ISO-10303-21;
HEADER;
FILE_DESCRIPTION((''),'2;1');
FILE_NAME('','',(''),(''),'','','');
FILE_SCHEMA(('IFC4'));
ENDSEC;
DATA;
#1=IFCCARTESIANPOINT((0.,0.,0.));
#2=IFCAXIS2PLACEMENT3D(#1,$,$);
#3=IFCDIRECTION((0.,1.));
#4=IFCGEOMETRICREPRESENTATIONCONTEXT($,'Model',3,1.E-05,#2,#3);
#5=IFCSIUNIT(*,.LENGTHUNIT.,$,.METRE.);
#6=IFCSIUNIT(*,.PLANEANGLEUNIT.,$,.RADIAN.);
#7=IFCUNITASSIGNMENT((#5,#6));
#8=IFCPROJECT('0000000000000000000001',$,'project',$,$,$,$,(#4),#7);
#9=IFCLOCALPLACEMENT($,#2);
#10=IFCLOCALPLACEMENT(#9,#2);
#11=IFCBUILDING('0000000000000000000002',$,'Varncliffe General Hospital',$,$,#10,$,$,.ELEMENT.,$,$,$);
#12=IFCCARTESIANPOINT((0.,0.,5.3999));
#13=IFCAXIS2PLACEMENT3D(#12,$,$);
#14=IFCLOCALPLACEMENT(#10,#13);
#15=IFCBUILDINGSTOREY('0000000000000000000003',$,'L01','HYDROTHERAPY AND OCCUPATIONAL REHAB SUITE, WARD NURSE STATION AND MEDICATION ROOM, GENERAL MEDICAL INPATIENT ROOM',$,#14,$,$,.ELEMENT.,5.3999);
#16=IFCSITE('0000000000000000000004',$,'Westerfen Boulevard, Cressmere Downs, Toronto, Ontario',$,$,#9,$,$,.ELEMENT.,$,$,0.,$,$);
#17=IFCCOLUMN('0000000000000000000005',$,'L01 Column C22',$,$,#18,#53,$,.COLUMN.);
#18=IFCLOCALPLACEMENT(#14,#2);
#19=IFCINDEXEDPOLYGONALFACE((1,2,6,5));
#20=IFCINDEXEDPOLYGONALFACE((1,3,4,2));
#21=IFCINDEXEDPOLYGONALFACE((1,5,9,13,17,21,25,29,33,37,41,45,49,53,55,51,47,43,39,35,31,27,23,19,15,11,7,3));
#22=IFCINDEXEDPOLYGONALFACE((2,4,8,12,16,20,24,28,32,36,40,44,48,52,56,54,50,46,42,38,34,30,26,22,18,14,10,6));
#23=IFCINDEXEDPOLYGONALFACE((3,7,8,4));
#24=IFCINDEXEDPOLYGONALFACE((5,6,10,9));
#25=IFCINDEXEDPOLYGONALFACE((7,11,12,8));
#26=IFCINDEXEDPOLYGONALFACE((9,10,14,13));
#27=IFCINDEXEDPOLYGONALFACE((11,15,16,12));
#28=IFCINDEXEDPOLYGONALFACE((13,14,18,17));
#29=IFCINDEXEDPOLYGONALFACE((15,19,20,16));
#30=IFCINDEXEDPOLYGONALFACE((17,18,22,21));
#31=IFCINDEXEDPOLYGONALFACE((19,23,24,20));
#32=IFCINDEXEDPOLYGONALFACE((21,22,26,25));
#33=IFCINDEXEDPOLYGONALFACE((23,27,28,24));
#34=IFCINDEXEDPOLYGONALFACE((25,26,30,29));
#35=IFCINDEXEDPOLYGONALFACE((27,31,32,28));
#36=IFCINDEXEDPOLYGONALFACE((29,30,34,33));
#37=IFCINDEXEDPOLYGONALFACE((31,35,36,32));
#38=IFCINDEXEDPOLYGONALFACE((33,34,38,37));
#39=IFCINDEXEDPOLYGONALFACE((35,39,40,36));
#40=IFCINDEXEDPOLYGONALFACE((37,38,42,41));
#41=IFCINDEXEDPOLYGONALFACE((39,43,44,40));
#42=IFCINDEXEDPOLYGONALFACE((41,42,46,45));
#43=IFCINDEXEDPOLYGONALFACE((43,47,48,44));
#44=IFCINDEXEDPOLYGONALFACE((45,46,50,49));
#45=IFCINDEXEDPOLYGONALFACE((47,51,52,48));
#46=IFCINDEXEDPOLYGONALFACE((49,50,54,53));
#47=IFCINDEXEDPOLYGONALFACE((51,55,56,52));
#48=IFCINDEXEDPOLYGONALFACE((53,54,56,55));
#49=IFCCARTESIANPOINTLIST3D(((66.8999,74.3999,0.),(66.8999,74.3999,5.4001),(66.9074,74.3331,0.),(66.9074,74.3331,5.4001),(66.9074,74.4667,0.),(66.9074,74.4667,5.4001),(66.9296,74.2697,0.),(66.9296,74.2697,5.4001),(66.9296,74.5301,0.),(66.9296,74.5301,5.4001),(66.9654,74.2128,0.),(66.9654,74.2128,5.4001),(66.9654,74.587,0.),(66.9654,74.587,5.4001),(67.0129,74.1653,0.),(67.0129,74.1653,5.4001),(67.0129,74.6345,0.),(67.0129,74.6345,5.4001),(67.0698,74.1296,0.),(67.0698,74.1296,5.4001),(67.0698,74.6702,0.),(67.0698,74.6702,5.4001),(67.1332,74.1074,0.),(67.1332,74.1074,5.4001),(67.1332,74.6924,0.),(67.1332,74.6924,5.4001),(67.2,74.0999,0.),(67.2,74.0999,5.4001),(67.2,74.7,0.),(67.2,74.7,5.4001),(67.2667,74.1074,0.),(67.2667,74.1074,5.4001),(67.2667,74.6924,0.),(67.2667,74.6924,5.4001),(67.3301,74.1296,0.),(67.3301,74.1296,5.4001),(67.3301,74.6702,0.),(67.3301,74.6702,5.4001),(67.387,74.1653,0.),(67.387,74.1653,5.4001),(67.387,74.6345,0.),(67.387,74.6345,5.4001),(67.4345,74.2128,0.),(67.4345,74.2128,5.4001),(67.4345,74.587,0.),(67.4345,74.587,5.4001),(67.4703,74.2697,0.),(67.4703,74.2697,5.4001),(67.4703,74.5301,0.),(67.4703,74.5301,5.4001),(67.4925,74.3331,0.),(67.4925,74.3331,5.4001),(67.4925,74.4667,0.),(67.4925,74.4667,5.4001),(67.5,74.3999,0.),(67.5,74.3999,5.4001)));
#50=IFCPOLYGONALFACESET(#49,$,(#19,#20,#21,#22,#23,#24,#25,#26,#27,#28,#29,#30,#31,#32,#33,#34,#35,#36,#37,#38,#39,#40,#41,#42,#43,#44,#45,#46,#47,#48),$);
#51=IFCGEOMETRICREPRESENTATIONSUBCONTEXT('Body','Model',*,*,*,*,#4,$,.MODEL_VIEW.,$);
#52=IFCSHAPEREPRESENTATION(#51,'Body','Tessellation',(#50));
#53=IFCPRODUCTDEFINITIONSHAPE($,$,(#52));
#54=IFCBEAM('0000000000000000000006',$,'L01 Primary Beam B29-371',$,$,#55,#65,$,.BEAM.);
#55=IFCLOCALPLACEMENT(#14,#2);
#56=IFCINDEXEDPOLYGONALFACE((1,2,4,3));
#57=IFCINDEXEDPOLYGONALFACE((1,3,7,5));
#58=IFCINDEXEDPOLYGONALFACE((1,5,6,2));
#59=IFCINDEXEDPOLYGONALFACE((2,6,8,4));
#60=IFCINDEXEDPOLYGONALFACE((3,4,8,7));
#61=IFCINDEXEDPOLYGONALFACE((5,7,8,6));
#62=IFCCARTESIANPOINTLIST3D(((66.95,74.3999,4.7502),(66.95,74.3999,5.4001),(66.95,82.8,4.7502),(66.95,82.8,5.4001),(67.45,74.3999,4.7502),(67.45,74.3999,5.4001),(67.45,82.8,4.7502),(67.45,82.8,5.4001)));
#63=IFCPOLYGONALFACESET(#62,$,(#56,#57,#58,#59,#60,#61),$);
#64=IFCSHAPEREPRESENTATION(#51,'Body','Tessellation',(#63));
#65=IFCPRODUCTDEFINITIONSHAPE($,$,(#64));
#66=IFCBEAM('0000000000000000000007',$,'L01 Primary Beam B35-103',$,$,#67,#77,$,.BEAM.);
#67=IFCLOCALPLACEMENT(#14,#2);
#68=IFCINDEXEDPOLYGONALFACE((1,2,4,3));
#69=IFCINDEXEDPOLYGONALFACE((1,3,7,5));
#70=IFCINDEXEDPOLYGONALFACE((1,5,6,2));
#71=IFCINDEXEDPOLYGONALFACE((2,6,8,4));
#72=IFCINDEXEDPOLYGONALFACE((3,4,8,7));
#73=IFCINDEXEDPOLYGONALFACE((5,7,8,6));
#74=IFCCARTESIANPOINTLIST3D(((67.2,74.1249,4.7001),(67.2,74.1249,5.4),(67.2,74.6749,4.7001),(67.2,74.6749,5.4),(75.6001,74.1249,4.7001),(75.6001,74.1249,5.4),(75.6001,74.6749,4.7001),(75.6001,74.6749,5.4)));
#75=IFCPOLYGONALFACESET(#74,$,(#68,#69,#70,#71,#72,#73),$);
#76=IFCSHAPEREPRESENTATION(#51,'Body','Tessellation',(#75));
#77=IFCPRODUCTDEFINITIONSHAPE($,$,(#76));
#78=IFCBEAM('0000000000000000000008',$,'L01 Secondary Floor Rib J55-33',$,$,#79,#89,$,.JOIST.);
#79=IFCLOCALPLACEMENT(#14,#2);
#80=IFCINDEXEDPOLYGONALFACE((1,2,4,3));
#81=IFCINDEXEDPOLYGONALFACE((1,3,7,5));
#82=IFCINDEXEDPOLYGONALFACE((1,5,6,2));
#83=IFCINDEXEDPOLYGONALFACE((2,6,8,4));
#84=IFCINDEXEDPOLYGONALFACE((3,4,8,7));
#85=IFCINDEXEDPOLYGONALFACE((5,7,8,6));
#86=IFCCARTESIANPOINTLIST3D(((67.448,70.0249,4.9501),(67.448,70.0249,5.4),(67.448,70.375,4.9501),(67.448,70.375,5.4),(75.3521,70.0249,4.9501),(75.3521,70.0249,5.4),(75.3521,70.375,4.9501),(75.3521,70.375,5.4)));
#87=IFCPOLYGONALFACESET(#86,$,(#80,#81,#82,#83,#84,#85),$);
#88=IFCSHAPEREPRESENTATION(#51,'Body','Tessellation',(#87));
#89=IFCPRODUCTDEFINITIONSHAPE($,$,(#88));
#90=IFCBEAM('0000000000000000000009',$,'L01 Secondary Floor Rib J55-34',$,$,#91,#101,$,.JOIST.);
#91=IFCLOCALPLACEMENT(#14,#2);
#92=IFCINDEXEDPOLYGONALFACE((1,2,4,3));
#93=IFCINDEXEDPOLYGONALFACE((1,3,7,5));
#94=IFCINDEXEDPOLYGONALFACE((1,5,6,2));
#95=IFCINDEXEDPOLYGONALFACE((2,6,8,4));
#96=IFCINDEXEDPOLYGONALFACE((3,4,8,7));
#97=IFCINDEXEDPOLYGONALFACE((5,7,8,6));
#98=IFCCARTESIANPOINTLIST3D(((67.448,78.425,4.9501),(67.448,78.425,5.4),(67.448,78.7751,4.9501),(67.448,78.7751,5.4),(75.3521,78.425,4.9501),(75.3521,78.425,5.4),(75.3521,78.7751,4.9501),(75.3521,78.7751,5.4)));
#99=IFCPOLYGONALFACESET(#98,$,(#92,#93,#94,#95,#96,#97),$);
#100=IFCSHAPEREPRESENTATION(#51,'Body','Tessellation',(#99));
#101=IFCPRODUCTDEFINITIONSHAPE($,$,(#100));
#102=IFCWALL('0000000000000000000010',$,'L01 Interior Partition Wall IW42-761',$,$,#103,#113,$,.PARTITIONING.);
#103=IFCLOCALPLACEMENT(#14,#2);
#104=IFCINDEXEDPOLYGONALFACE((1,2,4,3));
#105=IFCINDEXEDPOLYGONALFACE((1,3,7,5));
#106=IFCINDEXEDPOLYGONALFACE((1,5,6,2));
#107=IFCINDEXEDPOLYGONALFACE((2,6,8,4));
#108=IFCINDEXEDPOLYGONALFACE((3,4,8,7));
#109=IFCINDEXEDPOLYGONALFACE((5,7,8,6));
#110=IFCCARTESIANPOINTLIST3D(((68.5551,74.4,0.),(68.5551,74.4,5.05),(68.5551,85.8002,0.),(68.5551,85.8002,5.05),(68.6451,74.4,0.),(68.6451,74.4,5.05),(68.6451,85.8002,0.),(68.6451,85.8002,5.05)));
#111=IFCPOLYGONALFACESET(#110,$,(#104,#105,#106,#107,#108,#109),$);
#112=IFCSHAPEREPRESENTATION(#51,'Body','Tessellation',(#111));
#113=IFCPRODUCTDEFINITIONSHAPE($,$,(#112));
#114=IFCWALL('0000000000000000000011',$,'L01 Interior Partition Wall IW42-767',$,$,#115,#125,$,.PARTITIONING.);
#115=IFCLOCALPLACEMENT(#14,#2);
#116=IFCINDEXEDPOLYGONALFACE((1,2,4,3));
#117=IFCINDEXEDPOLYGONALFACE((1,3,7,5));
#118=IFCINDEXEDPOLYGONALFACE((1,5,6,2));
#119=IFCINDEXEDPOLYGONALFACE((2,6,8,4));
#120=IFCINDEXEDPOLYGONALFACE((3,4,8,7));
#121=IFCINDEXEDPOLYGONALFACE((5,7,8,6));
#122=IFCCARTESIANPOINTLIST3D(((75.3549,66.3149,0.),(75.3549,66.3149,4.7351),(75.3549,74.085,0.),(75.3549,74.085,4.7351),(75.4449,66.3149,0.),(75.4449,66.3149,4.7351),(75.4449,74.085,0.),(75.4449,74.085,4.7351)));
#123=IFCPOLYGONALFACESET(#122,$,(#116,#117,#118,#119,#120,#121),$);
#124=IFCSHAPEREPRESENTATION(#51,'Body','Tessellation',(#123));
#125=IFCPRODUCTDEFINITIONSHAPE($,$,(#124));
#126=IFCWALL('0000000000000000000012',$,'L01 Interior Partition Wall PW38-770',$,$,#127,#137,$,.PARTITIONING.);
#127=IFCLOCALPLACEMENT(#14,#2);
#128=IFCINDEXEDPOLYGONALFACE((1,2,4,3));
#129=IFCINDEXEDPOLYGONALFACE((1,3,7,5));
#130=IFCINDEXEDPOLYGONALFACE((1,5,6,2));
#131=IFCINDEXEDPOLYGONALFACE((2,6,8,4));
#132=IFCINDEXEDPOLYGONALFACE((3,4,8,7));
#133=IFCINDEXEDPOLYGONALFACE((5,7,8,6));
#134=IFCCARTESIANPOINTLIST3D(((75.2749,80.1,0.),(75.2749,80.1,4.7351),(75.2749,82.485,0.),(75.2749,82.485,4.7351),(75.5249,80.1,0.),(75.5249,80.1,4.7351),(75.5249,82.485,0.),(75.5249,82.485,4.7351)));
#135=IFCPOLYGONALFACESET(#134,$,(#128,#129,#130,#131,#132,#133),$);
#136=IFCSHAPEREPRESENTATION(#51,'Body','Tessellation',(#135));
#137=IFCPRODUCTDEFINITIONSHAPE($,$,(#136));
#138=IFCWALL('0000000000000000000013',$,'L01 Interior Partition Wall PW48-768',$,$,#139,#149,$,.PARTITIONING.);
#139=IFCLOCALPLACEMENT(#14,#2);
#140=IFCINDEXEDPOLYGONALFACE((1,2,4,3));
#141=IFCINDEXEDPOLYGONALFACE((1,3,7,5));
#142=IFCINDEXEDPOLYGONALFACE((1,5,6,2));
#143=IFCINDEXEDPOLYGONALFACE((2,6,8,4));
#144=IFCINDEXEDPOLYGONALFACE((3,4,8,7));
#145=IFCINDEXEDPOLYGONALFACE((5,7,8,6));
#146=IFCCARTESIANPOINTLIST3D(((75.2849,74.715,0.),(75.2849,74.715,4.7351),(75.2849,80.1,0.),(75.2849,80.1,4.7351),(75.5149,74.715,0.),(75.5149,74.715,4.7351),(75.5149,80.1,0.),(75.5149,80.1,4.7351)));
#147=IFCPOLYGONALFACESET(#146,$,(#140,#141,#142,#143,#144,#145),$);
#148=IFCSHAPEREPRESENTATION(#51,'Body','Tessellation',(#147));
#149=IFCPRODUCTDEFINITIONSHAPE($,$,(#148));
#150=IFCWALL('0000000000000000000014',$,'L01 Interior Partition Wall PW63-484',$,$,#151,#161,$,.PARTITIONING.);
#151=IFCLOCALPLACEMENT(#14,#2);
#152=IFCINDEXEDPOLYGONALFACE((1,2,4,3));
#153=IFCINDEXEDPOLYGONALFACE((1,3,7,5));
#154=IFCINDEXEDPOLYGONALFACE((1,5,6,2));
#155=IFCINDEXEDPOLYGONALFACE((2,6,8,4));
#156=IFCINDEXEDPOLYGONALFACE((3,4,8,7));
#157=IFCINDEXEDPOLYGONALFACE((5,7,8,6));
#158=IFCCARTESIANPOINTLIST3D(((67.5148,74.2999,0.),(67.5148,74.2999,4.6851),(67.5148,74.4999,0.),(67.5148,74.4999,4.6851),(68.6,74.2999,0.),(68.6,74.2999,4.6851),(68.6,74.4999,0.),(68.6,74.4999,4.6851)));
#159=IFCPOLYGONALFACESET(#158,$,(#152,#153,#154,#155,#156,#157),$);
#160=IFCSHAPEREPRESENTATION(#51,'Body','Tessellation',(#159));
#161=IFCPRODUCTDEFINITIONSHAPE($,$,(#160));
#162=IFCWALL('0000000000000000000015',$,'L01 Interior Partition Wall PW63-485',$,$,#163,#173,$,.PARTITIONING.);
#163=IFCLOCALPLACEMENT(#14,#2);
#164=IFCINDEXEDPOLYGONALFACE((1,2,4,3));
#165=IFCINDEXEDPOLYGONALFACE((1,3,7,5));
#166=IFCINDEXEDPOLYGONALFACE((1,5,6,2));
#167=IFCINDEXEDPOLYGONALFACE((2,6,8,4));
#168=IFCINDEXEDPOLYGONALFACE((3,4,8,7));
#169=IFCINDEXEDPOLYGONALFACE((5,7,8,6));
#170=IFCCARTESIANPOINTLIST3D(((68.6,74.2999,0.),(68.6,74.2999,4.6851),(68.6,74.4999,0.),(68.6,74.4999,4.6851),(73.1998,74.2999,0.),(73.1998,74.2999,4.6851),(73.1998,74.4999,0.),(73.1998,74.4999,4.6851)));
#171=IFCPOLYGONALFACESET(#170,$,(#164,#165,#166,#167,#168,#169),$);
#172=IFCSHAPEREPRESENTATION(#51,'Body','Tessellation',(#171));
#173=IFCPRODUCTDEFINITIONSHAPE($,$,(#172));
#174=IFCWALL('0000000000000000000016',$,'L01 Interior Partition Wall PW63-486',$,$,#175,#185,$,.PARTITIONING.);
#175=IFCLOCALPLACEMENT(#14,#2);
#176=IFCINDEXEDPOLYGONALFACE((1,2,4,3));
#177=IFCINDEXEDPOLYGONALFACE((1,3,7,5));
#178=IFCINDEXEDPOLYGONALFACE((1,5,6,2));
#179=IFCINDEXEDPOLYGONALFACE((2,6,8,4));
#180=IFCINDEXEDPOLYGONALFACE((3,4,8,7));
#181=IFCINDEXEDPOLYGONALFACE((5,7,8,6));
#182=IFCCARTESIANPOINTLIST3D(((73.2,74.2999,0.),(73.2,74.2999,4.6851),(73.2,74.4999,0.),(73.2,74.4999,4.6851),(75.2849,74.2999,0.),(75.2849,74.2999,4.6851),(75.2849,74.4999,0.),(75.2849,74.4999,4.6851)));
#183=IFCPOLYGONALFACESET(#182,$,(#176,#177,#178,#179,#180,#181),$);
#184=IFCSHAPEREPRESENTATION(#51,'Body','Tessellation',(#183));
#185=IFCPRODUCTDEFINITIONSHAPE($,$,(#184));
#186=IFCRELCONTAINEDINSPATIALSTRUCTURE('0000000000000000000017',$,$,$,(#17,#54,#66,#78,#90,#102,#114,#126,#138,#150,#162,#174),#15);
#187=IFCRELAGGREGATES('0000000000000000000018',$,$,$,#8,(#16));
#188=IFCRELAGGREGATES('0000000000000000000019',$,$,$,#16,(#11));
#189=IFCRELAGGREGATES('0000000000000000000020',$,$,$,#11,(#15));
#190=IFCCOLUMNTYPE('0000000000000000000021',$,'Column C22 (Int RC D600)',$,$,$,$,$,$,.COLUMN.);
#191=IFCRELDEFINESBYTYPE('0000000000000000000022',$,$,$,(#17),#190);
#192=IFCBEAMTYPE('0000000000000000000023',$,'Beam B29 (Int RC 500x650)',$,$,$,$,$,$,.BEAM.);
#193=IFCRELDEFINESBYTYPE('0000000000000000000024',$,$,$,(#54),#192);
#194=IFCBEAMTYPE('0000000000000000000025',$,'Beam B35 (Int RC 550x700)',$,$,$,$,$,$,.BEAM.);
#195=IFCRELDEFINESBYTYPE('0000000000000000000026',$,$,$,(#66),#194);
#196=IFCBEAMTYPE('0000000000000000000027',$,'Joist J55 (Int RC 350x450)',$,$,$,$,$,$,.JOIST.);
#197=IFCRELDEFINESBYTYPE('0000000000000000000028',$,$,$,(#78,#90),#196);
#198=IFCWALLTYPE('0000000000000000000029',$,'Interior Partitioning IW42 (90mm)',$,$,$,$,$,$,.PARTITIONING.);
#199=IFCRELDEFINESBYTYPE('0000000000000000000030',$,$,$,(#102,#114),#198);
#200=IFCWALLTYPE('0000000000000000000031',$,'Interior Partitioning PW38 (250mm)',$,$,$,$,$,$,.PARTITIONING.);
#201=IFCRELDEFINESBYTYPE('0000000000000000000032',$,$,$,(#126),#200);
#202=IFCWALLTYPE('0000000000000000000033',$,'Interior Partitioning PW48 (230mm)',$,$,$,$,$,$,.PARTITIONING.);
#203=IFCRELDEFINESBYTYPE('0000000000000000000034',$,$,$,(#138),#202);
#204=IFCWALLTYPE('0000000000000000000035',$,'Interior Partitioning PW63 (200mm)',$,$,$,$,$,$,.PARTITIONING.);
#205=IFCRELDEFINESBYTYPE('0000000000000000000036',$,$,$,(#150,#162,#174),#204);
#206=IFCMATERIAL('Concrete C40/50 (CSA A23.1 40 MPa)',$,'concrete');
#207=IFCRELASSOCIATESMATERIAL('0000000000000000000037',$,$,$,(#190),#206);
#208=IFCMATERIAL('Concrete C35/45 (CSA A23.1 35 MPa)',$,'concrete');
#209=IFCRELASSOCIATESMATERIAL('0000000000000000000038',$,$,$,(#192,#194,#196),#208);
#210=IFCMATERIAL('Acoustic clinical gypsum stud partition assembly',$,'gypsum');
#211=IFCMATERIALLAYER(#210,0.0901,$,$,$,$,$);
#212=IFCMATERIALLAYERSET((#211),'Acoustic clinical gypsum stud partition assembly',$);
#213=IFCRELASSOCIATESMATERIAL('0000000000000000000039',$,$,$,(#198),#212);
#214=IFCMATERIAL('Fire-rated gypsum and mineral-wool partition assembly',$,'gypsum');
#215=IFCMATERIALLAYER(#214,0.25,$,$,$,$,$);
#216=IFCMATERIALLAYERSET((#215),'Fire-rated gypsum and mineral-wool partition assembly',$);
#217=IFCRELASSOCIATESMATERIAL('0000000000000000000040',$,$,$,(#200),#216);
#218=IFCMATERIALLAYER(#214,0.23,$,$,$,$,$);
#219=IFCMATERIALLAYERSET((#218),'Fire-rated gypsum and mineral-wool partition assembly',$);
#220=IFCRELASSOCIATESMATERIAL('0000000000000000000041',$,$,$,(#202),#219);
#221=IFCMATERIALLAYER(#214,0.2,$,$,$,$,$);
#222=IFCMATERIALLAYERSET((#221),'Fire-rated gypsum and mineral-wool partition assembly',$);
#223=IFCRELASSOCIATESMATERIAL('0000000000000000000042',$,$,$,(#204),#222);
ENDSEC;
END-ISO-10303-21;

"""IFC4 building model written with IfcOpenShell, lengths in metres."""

from ifc_helpers import new_model, si_unit, direction, frame, frame_2d, origin, origin_2d, place, context, subcontext, project, spatial, rectangle, circle, extrude, material, layer, layer_set, material_profile, profile_set, type_object, element, save


model = new_model("IFC4")

# Units and contexts
model_context = context("Model", 3, precision=1e-05, world=origin(), true_north=direction((0.0, 1.0)))
body_context = subcontext(model_context, "Body", "Model", "MODEL_VIEW")
ifc_project = project(units=[si_unit("LENGTHUNIT", "METRE"), si_unit("PLANEANGLEUNIT", "RADIAN")], contexts=[model_context])

# Site, building, storey
site_placement = place(None, origin())
site = spatial("IfcSite", under=ifc_project, at=site_placement, Name="Westerfen Boulevard, Cressmere Downs, Toronto, Ontario", CompositionType="ELEMENT", RefElevation=0.0)
building_placement = place(site_placement, origin())
building = spatial("IfcBuilding", under=site, at=building_placement, Name="Varncliffe General Hospital", CompositionType="ELEMENT")
storey_placement = place(building_placement, frame((0.0, 0.0, 5.3999)))
storey = spatial("IfcBuildingStorey", under=building, at=storey_placement, Name="L01", Description="HYDROTHERAPY AND OCCUPATIONAL REHAB SUITE, WARD NURSE STATION AND MEDICATION ROOM, GENERAL MEDICAL INPATIENT ROOM", CompositionType="ELEMENT", Elevation=5.3999)

# Column
ifc_material_1 = material(Name="Concrete C40/50 (CSA A23.1 40 MPa)", Category="concrete")
ifc_material_profile_1 = material_profile(ifc_material_1, circle(Radius=0.3, at=origin_2d()), Name="RC D600")
ifc_profile_set_1 = profile_set([ifc_material_profile_1], Name="Concrete C40/50 (CSA A23.1 40 MPa)")
column_type = type_object("IfcColumnType", Name="Column C22 (Int RC D600)", PredefinedType="COLUMN", material=ifc_profile_set_1)
column_placement = place(storey_placement, frame((67.2, 74.3999, 0.0), z_axis=(0.0, 0.0, 1.0), x_axis=(1.0, 0.0, 0.0)))
element("IfcColumn", 1, at=column_placement, inside=storey, type_object=column_type, Name="L01 Column C22", PredefinedType="COLUMN", context=body_context, shape_type="SweptSolid", body=[
    extrude(circle(Radius=0.3, at=origin_2d()), origin(), (0.0, 0.0, 1.0), 5.4001),
])

# Beams
ifc_material_2 = material(Name="Concrete C35/45 (CSA A23.1 35 MPa)", Category="concrete")
ifc_material_profile_2 = material_profile(ifc_material_2, rectangle(XDim=0.5, YDim=0.6499, at=origin_2d()), Name="RC 500x650")
ifc_profile_set_2 = profile_set([ifc_material_profile_2], Name="Concrete C35/45 (CSA A23.1 35 MPa)")
beam_type_1 = type_object("IfcBeamType", Name="Beam B29 (Int RC 500x650)", PredefinedType="BEAM", material=ifc_profile_set_2)
beam_1_placement = place(storey_placement, frame((67.2, 74.3999, 5.0752), z_axis=(0.0, 1.0, 0.0), x_axis=(-1.0, 0.0, 0.0)))
element("IfcBeam", 2, at=beam_1_placement, inside=storey, type_object=beam_type_1, Name="L01 Primary Beam B29-371", PredefinedType="BEAM", context=body_context, shape_type="SweptSolid", body=[
    extrude(rectangle(XDim=0.5, YDim=0.6499, at=origin_2d()), origin(), (0.0, 0.0, 1.0), 8.4001),
])
ifc_material_profile_3 = material_profile(ifc_material_2, rectangle(XDim=0.55, YDim=0.7, at=origin_2d()), Name="RC 550x700")
ifc_profile_set_3 = profile_set([ifc_material_profile_3], Name="Concrete C35/45 (CSA A23.1 35 MPa)")
beam_type_2 = type_object("IfcBeamType", Name="Beam B35 (Int RC 550x700)", PredefinedType="BEAM", material=ifc_profile_set_3)
beam_2_placement = place(storey_placement, frame((67.2, 74.3999, 5.05), z_axis=(1.0, 0.0, 0.0), x_axis=(0.0, 1.0, 0.0)))
element("IfcBeam", 3, at=beam_2_placement, inside=storey, type_object=beam_type_2, Name="L01 Primary Beam B35-103", PredefinedType="BEAM", context=body_context, shape_type="SweptSolid", body=[
    extrude(rectangle(XDim=0.55, YDim=0.7, at=origin_2d()), origin(), (0.0, 0.0, 1.0), 8.4001),
])
ifc_material_profile_4 = material_profile(ifc_material_2, rectangle(XDim=0.3501, YDim=0.45, at=origin_2d()), Name="RC 350x450")
ifc_profile_set_4 = profile_set([ifc_material_profile_4], Name="Concrete C35/45 (CSA A23.1 35 MPa)")
beam_type_3 = type_object("IfcBeamType", Name="Joist J55 (Int RC 350x450)", PredefinedType="JOIST", material=ifc_profile_set_4)
for number, where, z_axis, x_axis, name in (
    (4, (67.448, 70.2, 5.175), (1.0, 0.0, 0.0), (0.0, 1.0, 0.0), "L01 Secondary Floor Rib J55-33"),
    (5, (67.448, 78.6001, 5.175), (1.0, 0.0, 0.0), (0.0, 1.0, 0.0), "L01 Secondary Floor Rib J55-34"),
):
    element("IfcBeam", number, at=place(storey_placement, frame(where, z_axis=z_axis, x_axis=x_axis)), inside=storey, type_object=beam_type_3, Name=name, PredefinedType="JOIST", context=body_context, shape_type="SweptSolid", body=[
        extrude(rectangle(XDim=0.3501, YDim=0.45, at=origin_2d()), origin(), (0.0, 0.0, 1.0), 7.9041),
    ])

# Walls
ifc_material_3 = material(Name="Acoustic clinical gypsum stud partition assembly", Category="gypsum")
ifc_layer_1 = layer(ifc_material_3, 0.0901)
ifc_layer_set_1 = layer_set([ifc_layer_1], Name="Acoustic clinical gypsum stud partition assembly")
wall_type_1 = type_object("IfcWallType", Name="Interior Partitioning IW42 (90mm)", PredefinedType="PARTITIONING", material=ifc_layer_set_1)
wall_1_placement = place(storey_placement, frame((68.6001, 74.3999, 0.0), z_axis=(0.0, 0.0, 1.0), x_axis=(0.0, 1.0, 0.0)))
element("IfcWall", 6, at=wall_1_placement, inside=storey, type_object=wall_type_1, Name="L01 Interior Partition Wall IW42-761", PredefinedType="PARTITIONING", context=body_context, shape_type="SweptSolid", body=[
    extrude(rectangle(XDim=11.4001, YDim=0.0901, at=frame_2d((5.7002, 0.0))), origin(), (0.0, 0.0, 1.0), 5.05),
])
wall_2_placement = place(storey_placement, frame((75.3999, 66.3149, 0.0), z_axis=(0.0, 0.0, 1.0), x_axis=(0.0, 1.0, 0.0)))
element("IfcWall", 7, at=wall_2_placement, inside=storey, type_object=wall_type_1, Name="L01 Interior Partition Wall IW42-767", PredefinedType="PARTITIONING", context=body_context, shape_type="SweptSolid", body=[
    extrude(rectangle(XDim=7.77, YDim=0.0901, at=frame_2d((3.885, 0.0))), origin(), (0.0, 0.0, 1.0), 4.7351),
])
ifc_material_4 = material(Name="Fire-rated gypsum and mineral-wool partition assembly", Category="gypsum")
ifc_layer_2 = layer(ifc_material_4, 0.25)
ifc_layer_set_2 = layer_set([ifc_layer_2], Name="Fire-rated gypsum and mineral-wool partition assembly")
wall_type_2 = type_object("IfcWallType", Name="Interior Partitioning PW38 (250mm)", PredefinedType="PARTITIONING", material=ifc_layer_set_2)
wall_3_placement = place(storey_placement, frame((75.3999, 80.1001, 0.0), z_axis=(0.0, 0.0, 1.0), x_axis=(0.0, 1.0, 0.0)))
element("IfcWall", 8, at=wall_3_placement, inside=storey, type_object=wall_type_2, Name="L01 Interior Partition Wall PW38-770", PredefinedType="PARTITIONING", context=body_context, shape_type="SweptSolid", body=[
    extrude(rectangle(XDim=2.385, YDim=0.25, at=frame_2d((1.1924, 0.0))), origin(), (0.0, 0.0, 1.0), 4.7351),
])
ifc_layer_3 = layer(ifc_material_4, 0.23)
ifc_layer_set_3 = layer_set([ifc_layer_3], Name="Fire-rated gypsum and mineral-wool partition assembly")
wall_type_3 = type_object("IfcWallType", Name="Interior Partitioning PW48 (230mm)", PredefinedType="PARTITIONING", material=ifc_layer_set_3)
wall_4_placement = place(storey_placement, frame((75.3999, 74.7151, 0.0), z_axis=(0.0, 0.0, 1.0), x_axis=(0.0, 1.0, 0.0)))
element("IfcWall", 9, at=wall_4_placement, inside=storey, type_object=wall_type_3, Name="L01 Interior Partition Wall PW48-768", PredefinedType="PARTITIONING", context=body_context, shape_type="SweptSolid", body=[
    extrude(rectangle(XDim=5.385, YDim=0.23, at=frame_2d((2.6924, 0.0))), origin(), (0.0, 0.0, 1.0), 4.7351),
])
ifc_layer_4 = layer(ifc_material_4, 0.2)
ifc_layer_set_4 = layer_set([ifc_layer_4], Name="Fire-rated gypsum and mineral-wool partition assembly")
wall_type_4 = type_object("IfcWallType", Name="Interior Partitioning PW63 (200mm)", PredefinedType="PARTITIONING", material=ifc_layer_set_4)
wall_5_placement = place(storey_placement, frame((67.5149, 74.3999, 0.0), z_axis=(0.0, 0.0, 1.0), x_axis=(1.0, 0.0, 0.0)))
element("IfcWall", 10, at=wall_5_placement, inside=storey, type_object=wall_type_4, Name="L01 Interior Partition Wall PW63-484", PredefinedType="PARTITIONING", context=body_context, shape_type="SweptSolid", body=[
    extrude(rectangle(XDim=1.0852, YDim=0.2, at=frame_2d((0.5425, 0.0))), origin(), (0.0, 0.0, 1.0), 4.6851),
])
wall_6_placement = place(storey_placement, frame((68.6001, 74.3999, 0.0), z_axis=(0.0, 0.0, 1.0), x_axis=(1.0, 0.0, 0.0)))
element("IfcWall", 11, at=wall_6_placement, inside=storey, type_object=wall_type_4, Name="L01 Interior Partition Wall PW63-485", PredefinedType="PARTITIONING", context=body_context, shape_type="SweptSolid", body=[
    extrude(rectangle(XDim=4.5999, YDim=0.2, at=frame_2d((2.2998, 0.0))), origin(), (0.0, 0.0, 1.0), 4.6851),
])
wall_7_placement = place(storey_placement, frame((73.2, 74.3999, 0.0), z_axis=(0.0, 0.0, 1.0), x_axis=(1.0, 0.0, 0.0)))
element("IfcWall", 12, at=wall_7_placement, inside=storey, type_object=wall_type_4, Name="L01 Interior Partition Wall PW63-486", PredefinedType="PARTITIONING", context=body_context, shape_type="SweptSolid", body=[
    extrude(rectangle(XDim=2.085, YDim=0.2, at=frame_2d((1.0425, 0.0))), origin(), (0.0, 0.0, 1.0), 4.6851),
])

save(model, "model.ifc")
